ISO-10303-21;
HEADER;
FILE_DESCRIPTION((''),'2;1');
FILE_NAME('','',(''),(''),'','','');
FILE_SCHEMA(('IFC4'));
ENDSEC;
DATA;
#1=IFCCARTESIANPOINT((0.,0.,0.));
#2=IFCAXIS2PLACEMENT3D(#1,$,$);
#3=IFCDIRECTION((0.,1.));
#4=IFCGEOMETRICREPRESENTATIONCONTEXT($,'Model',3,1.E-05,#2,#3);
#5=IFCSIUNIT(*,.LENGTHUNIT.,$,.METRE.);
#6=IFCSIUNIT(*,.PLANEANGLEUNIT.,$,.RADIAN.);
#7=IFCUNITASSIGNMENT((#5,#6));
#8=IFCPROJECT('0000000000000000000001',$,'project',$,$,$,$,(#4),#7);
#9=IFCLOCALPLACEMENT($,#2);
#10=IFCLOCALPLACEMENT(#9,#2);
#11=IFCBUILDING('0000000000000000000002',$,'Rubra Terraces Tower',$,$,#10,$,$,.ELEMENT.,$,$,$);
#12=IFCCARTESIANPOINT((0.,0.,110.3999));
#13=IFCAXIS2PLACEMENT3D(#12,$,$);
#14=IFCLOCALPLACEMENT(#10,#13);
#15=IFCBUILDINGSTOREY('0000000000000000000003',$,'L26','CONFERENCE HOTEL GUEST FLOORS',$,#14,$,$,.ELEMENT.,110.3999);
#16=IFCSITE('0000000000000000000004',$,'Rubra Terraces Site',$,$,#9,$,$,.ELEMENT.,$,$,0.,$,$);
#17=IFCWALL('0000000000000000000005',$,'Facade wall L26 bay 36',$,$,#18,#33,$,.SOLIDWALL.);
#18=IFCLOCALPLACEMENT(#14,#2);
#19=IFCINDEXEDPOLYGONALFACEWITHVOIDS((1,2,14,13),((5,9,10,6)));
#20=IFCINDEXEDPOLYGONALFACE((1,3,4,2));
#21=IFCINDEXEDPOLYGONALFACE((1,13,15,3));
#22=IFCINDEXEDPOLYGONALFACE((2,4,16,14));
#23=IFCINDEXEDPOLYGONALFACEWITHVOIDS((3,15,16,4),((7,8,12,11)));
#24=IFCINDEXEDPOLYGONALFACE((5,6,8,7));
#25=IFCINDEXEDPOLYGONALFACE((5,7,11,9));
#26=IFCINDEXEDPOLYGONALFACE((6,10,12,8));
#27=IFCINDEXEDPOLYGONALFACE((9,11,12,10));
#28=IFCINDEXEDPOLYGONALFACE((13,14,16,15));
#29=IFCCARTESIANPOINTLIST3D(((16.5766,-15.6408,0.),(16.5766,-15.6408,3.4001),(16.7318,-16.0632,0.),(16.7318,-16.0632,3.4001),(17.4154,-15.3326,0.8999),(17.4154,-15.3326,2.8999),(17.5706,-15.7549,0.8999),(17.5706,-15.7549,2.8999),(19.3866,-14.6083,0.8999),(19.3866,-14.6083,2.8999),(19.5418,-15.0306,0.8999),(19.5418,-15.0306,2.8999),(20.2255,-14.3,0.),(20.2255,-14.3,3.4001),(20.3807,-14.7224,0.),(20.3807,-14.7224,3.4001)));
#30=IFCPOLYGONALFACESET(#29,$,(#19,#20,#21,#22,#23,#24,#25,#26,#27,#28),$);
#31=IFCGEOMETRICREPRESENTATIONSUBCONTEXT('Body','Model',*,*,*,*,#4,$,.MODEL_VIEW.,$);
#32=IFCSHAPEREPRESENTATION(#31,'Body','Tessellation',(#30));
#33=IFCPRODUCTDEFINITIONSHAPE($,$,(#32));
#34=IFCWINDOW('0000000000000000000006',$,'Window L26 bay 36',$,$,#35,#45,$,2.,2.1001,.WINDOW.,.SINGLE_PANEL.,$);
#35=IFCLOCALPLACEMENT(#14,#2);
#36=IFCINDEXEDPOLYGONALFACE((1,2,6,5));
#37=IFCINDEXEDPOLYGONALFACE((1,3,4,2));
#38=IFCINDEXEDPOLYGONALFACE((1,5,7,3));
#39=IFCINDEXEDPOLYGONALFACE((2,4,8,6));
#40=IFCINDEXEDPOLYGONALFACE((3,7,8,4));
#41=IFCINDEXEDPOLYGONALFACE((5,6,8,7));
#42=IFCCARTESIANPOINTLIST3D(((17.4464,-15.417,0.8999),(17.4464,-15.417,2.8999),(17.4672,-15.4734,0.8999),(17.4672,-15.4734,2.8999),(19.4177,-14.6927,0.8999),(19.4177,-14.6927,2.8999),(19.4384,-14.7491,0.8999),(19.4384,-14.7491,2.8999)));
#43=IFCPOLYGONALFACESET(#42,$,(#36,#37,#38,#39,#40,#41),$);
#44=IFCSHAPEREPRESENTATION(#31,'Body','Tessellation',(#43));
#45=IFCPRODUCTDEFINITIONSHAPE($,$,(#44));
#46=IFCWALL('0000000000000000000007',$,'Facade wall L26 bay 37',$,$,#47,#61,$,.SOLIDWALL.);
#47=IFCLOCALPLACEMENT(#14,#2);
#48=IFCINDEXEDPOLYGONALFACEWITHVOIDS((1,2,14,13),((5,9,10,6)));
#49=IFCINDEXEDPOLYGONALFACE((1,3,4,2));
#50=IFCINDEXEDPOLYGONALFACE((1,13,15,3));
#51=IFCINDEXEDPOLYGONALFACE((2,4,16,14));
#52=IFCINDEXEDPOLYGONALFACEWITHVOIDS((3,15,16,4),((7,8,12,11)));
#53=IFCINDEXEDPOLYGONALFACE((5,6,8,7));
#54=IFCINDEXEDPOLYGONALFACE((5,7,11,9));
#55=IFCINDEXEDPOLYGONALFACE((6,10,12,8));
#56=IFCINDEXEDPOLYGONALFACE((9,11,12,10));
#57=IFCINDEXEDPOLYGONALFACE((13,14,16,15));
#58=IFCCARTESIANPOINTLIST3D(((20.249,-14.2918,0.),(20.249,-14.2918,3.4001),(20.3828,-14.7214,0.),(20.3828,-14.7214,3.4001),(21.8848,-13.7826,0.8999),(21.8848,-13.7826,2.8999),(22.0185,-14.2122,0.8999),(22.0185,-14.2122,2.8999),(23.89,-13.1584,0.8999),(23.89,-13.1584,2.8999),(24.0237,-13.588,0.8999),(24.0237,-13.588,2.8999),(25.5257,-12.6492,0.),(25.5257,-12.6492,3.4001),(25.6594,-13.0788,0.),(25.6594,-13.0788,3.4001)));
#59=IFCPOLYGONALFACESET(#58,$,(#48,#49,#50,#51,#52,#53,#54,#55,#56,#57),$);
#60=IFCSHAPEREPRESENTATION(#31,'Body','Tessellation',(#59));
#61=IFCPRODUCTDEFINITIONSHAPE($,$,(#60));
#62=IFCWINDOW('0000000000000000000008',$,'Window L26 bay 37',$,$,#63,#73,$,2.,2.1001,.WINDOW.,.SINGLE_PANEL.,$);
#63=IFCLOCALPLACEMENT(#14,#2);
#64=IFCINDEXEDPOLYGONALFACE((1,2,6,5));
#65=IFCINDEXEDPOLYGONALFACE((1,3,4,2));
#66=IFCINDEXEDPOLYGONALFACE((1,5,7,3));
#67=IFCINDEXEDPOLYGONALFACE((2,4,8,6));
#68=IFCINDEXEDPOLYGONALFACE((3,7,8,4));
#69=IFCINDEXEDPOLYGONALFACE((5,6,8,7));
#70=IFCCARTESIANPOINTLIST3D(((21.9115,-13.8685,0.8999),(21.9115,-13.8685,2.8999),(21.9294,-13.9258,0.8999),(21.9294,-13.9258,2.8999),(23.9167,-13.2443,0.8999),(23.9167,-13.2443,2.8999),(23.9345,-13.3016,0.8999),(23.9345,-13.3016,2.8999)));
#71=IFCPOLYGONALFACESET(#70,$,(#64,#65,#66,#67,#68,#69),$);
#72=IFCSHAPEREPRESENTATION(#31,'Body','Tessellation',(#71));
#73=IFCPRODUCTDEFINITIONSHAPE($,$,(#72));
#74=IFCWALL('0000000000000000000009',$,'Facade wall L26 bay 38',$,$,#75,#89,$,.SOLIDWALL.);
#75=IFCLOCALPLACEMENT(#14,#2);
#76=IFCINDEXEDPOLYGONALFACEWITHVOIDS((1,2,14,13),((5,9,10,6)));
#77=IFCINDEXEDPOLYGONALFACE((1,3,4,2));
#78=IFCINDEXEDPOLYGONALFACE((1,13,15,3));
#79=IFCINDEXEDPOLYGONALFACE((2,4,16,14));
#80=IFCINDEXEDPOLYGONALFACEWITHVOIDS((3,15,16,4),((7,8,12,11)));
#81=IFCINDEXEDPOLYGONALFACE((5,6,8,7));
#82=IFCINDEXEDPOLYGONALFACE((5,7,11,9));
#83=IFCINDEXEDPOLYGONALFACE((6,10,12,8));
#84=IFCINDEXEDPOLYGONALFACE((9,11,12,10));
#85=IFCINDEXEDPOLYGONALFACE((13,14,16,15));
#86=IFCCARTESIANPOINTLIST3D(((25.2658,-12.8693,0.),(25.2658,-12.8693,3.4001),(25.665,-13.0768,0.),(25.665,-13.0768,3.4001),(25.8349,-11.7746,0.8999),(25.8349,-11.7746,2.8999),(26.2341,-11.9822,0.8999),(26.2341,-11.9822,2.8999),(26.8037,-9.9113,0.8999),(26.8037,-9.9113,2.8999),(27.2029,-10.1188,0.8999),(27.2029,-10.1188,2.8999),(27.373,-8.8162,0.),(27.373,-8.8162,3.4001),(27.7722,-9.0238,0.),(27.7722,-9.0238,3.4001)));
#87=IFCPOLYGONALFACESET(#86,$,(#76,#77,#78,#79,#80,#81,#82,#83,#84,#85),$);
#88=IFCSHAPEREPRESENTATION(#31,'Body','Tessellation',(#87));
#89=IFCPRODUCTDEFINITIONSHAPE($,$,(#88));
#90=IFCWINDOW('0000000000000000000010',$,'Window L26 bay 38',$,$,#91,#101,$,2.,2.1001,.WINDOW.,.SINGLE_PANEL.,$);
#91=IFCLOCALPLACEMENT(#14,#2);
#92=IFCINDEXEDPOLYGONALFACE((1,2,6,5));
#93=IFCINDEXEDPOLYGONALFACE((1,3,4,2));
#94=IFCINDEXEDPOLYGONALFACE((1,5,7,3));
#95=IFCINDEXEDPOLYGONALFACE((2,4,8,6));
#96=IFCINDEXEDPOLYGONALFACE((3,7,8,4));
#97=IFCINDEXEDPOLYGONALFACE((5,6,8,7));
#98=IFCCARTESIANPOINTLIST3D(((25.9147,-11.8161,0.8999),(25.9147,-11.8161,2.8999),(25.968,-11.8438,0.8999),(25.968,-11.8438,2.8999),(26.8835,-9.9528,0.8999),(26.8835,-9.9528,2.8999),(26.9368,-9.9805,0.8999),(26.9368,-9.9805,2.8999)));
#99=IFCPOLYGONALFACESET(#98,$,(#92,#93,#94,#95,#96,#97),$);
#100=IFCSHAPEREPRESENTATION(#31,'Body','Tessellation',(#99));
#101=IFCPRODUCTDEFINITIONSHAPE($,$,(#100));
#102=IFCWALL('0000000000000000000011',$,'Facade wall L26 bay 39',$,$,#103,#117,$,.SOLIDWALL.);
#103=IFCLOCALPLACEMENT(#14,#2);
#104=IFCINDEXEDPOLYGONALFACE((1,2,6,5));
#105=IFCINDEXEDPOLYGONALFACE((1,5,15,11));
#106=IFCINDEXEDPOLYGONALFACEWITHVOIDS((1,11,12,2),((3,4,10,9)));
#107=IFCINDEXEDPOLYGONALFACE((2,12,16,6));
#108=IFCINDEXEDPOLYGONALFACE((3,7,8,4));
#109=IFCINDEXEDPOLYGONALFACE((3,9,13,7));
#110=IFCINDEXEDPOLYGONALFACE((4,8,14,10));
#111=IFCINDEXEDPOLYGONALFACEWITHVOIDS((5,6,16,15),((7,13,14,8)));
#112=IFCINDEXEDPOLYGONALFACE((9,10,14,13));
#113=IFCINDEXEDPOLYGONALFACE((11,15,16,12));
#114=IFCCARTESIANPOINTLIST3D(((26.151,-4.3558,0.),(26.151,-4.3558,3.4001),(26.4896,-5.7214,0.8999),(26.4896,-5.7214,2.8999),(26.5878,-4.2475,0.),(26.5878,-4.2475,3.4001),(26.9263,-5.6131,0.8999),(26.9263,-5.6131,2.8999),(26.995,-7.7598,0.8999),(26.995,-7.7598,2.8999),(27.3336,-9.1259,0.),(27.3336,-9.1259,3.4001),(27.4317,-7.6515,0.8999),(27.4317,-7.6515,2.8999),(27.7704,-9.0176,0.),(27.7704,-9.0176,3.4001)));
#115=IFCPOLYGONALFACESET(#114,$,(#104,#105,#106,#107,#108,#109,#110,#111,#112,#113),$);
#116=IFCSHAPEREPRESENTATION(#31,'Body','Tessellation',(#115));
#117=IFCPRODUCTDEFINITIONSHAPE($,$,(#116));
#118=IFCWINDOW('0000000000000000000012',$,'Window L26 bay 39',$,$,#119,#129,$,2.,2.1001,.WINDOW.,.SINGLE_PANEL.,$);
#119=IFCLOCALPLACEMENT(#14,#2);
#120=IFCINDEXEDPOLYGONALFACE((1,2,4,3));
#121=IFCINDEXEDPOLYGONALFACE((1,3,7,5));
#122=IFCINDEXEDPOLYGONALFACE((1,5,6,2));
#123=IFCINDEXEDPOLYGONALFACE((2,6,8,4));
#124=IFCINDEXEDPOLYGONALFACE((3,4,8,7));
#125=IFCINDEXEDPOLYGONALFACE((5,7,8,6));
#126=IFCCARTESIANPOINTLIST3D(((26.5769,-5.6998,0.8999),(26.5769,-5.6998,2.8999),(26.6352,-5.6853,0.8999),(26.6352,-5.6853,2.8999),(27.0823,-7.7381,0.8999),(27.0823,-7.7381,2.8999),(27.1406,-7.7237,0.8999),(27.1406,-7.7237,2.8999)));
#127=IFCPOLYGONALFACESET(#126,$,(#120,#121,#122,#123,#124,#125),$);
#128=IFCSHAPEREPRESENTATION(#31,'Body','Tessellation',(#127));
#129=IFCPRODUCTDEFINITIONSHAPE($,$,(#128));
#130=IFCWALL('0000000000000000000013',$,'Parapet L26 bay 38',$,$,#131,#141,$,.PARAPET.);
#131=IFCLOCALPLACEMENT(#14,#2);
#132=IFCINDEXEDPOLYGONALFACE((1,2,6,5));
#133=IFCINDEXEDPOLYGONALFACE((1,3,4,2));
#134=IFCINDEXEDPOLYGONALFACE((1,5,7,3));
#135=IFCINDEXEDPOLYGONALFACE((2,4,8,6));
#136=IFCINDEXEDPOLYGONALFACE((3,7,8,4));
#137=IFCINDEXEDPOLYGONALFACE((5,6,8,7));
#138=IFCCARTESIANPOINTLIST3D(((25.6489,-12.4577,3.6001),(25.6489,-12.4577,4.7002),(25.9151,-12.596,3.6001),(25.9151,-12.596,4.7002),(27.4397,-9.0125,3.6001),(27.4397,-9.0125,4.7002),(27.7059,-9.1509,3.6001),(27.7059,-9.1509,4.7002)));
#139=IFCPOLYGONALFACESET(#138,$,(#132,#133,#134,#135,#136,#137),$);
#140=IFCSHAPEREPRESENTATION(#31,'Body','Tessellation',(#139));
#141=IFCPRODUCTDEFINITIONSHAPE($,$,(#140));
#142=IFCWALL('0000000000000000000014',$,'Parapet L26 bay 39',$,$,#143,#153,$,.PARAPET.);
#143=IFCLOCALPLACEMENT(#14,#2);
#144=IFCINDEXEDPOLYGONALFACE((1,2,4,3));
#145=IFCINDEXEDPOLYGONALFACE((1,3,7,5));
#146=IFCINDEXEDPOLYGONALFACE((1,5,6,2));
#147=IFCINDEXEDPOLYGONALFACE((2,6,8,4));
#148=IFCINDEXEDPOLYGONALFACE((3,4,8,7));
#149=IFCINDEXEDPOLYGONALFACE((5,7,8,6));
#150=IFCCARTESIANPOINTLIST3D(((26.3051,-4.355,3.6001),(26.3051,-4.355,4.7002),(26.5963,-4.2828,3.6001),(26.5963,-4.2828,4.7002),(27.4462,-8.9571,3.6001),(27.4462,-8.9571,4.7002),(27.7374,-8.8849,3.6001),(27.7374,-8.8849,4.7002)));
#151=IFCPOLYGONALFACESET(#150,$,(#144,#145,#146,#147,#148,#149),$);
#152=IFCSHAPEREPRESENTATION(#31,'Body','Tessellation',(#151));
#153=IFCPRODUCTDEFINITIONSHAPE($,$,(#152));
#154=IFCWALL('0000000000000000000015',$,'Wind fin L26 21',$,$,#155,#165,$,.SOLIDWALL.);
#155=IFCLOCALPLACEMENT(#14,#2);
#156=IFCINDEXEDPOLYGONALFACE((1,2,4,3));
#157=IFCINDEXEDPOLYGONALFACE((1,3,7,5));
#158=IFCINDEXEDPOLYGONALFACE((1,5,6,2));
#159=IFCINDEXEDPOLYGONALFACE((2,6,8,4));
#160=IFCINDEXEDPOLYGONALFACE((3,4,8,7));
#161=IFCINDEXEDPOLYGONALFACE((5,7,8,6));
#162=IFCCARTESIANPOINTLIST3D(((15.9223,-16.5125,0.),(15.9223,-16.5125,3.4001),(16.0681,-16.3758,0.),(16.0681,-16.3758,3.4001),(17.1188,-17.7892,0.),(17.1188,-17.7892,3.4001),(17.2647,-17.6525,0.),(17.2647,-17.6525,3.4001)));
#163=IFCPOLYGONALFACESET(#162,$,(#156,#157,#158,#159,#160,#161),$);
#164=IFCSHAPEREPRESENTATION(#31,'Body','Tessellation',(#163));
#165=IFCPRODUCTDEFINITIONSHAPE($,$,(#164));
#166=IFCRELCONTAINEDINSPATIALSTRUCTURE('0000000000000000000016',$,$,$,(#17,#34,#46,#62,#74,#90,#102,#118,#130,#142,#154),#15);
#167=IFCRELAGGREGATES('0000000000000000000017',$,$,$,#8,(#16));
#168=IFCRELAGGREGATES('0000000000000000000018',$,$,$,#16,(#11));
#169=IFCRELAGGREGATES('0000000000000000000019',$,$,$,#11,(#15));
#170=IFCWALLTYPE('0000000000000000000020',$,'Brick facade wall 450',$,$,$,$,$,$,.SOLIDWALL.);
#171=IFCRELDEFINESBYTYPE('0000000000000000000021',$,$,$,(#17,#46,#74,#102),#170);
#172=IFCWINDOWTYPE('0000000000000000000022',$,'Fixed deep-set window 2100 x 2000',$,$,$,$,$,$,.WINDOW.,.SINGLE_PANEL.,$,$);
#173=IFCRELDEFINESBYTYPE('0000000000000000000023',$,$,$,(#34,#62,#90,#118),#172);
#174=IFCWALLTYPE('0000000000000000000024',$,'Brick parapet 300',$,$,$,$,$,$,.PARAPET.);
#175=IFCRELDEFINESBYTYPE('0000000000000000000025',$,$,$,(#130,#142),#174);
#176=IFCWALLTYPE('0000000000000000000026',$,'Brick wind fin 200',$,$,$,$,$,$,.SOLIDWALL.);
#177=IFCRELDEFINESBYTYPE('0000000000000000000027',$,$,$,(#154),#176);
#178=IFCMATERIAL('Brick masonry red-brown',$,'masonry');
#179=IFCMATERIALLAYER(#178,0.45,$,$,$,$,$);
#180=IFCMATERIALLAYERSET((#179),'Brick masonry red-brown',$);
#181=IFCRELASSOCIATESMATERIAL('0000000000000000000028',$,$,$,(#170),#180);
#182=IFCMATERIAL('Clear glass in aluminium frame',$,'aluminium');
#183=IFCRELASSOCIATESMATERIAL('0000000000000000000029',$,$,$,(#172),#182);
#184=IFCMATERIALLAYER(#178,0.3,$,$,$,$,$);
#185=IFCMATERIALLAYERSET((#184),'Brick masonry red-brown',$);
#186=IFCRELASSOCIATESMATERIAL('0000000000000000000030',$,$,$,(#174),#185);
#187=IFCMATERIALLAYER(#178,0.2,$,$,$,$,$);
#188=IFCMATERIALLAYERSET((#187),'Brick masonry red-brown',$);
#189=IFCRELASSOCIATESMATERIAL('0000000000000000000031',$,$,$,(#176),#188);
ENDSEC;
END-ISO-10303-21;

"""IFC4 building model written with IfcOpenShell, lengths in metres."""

from ifc_helpers import new_model, si_unit, direction, frame, frame_2d, origin, place, context, subcontext, project, spatial, rectangle, extrude, material, layer, layer_set, type_object, element, fill, save


model = new_model("IFC4")

# Units and contexts
model_context = context("Model", 3, precision=1e-05, world=origin(), true_north=direction((0.0, 1.0)))
body_context = subcontext(model_context, "Body", "Model", "MODEL_VIEW")
ifc_project = project(units=[si_unit("LENGTHUNIT", "METRE"), si_unit("PLANEANGLEUNIT", "RADIAN")], contexts=[model_context])

# Site, building, storey
site_placement = place(None, origin())
site = spatial("IfcSite", under=ifc_project, at=site_placement, Name="Rubra Terraces Site", CompositionType="ELEMENT", RefElevation=0.0)
building_placement = place(site_placement, origin())
building = spatial("IfcBuilding", under=site, at=building_placement, Name="Rubra Terraces Tower", CompositionType="ELEMENT")
storey_placement = place(building_placement, frame((0.0, 0.0, 110.3999)))
storey = spatial("IfcBuildingStorey", under=building, at=storey_placement, Name="L26", Description="CONFERENCE HOTEL GUEST FLOORS", CompositionType="ELEMENT", Elevation=110.3999)

# Walls, openings, windows
ifc_material_1 = material(Name="Brick masonry red-brown", Category="masonry")
ifc_layer_1 = layer(ifc_material_1, 0.45)
ifc_layer_set_1 = layer_set([ifc_layer_1], Name="Brick masonry red-brown")
wall_type_1 = type_object("IfcWallType", Name="Brick facade wall 450", PredefinedType="SOLIDWALL", material=ifc_layer_set_1)
wall_1_placement = place(storey_placement, frame((16.6541, -15.8521, 0.0), z_axis=(0.0, 0.0, 1.0), x_axis=(0.938637, 0.344908, 0.0)))
wall_1 = element("IfcWall", 1, at=wall_1_placement, inside=storey, type_object=wall_type_1, Name="Facade wall L26 bay 36", PredefinedType="SOLIDWALL", context=body_context, shape_type="SweptSolid", body=[
    extrude(rectangle(XDim=3.8875, YDim=0.45, at=frame_2d((1.9438, 0.0))), origin(), (0.0, 0.0, 1.0), 3.4001),
])
opening_1_placement = place(wall_1_placement, frame((0.8938, 0.0, 0.8999)))
opening_1 = element("IfcOpeningElement", 2, at=opening_1_placement, cuts=wall_1, PredefinedType="OPENING", context=body_context, shape_type="SweptSolid", body=[
    extrude(rectangle(XDim=2.1001, YDim=2.0, at=frame_2d((1.05, 1.0))), frame((0.0, 0.2349, 0.0), z_axis=(0.0, -1.0, 0.0), x_axis=(1.0, 0.0, 0.0)), (0.0, 0.0, 1.0), 0.47),
])
ifc_material_2 = material(Name="Clear glass in aluminium frame", Category="aluminium")
window_type = type_object("IfcWindowType", Name="Fixed deep-set window 2100 x 2000", PartitioningType="SINGLE_PANEL", PredefinedType="WINDOW", material=ifc_material_2)
window_1_placement = place(opening_1_placement, origin())
window_1 = element("IfcWindow", 3, at=window_1_placement, inside=storey, type_object=window_type, Name="Window L26 bay 36", OverallHeight=2.0, OverallWidth=2.1001, PartitioningType="SINGLE_PANEL", PredefinedType="WINDOW", context=body_context, shape_type="SweptSolid", body=[
    extrude(rectangle(XDim=2.1001, YDim=2.0, at=frame_2d((1.05, 1.0))), frame((0.0, 0.135, 0.0), z_axis=(0.0, -1.0, 0.0), x_axis=(1.0, 0.0, 0.0)), (0.0, 0.0, 1.0), 0.0601),
])
fill(opening_1, window_1)
wall_2_placement = place(storey_placement, frame((20.3159, -14.5066, 0.0), z_axis=(0.0, 0.0, 1.0), x_axis=(0.954807, 0.297226, 0.0)))
wall_2 = element("IfcWall", 4, at=wall_2_placement, inside=storey, type_object=wall_type_1, Name="Facade wall L26 bay 37", PredefinedType="SOLIDWALL", context=body_context, shape_type="SweptSolid", body=[
    extrude(rectangle(XDim=5.5264, YDim=0.45, at=frame_2d((2.7632, 0.0))), origin(), (0.0, 0.0, 1.0), 3.4001),
])
opening_2_placement = place(wall_2_placement, frame((1.7131, 0.0, 0.8999)))
opening_2 = element("IfcOpeningElement", 5, at=opening_2_placement, cuts=wall_2, PredefinedType="OPENING", context=body_context, shape_type="SweptSolid", body=[
    extrude(rectangle(XDim=2.1001, YDim=2.0, at=frame_2d((1.05, 1.0))), frame((0.0, 0.2349, 0.0), z_axis=(0.0, -1.0, 0.0), x_axis=(1.0, 0.0, 0.0)), (0.0, 0.0, 1.0), 0.47),
])
window_2_placement = place(opening_2_placement, origin())
window_2 = element("IfcWindow", 6, at=window_2_placement, inside=storey, type_object=window_type, Name="Window L26 bay 37", OverallHeight=2.0, OverallWidth=2.1001, PartitioningType="SINGLE_PANEL", PredefinedType="WINDOW", context=body_context, shape_type="SweptSolid", body=[
    extrude(rectangle(XDim=2.1001, YDim=2.0, at=frame_2d((1.05, 1.0))), frame((0.0, 0.135, 0.0), z_axis=(0.0, -1.0, 0.0), x_axis=(1.0, 0.0, 0.0)), (0.0, 0.0, 1.0), 0.0601),
])
fill(opening_2, window_2)
wall_3_placement = place(storey_placement, frame((25.4653, -12.9731, 0.0), z_axis=(0.0, 0.0, 1.0), x_axis=(0.461289, 0.88725, 0.0)))
wall_3 = element("IfcWall", 7, at=wall_3_placement, inside=storey, type_object=wall_type_1, Name="Facade wall L26 bay 38", PredefinedType="SOLIDWALL", context=body_context, shape_type="SweptSolid", body=[
    extrude(rectangle(XDim=4.5681, YDim=0.45, at=frame_2d((2.2842, 0.0))), origin(), (0.0, 0.0, 1.0), 3.4001),
])
opening_3_placement = place(wall_3_placement, frame((1.2339, 0.0, 0.8999)))
opening_3 = element("IfcOpeningElement", 8, at=opening_3_placement, cuts=wall_3, PredefinedType="OPENING", context=body_context, shape_type="SweptSolid", body=[
    extrude(rectangle(XDim=2.1001, YDim=2.0, at=frame_2d((1.05, 1.0))), frame((0.0, 0.2349, 0.0), z_axis=(0.0, -1.0, 0.0), x_axis=(1.0, 0.0, 0.0)), (0.0, 0.0, 1.0), 0.47),
])
window_3_placement = place(opening_3_placement, origin())
window_3 = element("IfcWindow", 9, at=window_3_placement, inside=storey, type_object=window_type, Name="Window L26 bay 38", OverallHeight=2.0, OverallWidth=2.1001, PartitioningType="SINGLE_PANEL", PredefinedType="WINDOW", context=body_context, shape_type="SweptSolid", body=[
    extrude(rectangle(XDim=2.1001, YDim=2.0, at=frame_2d((1.05, 1.0))), frame((0.0, 0.135, 0.0), z_axis=(0.0, -1.0, 0.0), x_axis=(1.0, 0.0, 0.0)), (0.0, 0.0, 1.0), 0.0601),
])
fill(opening_3, window_3)
wall_4_placement = place(storey_placement, frame((27.552, -9.0718, 0.0), z_axis=(0.0, 0.0, 1.0), x_axis=(-0.24063, 0.970617, 0.0)))
wall_4 = element("IfcWall", 10, at=wall_4_placement, inside=storey, type_object=wall_type_1, Name="Facade wall L26 bay 39", PredefinedType="SOLIDWALL", context=body_context, shape_type="SweptSolid", body=[
    extrude(rectangle(XDim=4.9146, YDim=0.45, at=frame_2d((2.4573, 0.0))), origin(), (0.0, 0.0, 1.0), 3.4001),
])
opening_4_placement = place(wall_4_placement, frame((1.4075, 0.0, 0.8999)))
opening_4 = element("IfcOpeningElement", 11, at=opening_4_placement, cuts=wall_4, PredefinedType="OPENING", context=body_context, shape_type="SweptSolid", body=[
    extrude(rectangle(XDim=2.1001, YDim=2.0, at=frame_2d((1.05, 1.0))), frame((0.0, 0.2349, 0.0), z_axis=(0.0, -1.0, 0.0), x_axis=(1.0, 0.0, 0.0)), (0.0, 0.0, 1.0), 0.47),
])
window_4_placement = place(opening_4_placement, origin())
window_4 = element("IfcWindow", 12, at=window_4_placement, inside=storey, type_object=window_type, Name="Window L26 bay 39", OverallHeight=2.0, OverallWidth=2.1001, PartitioningType="SINGLE_PANEL", PredefinedType="WINDOW", context=body_context, shape_type="SweptSolid", body=[
    extrude(rectangle(XDim=2.1001, YDim=2.0, at=frame_2d((1.05, 1.0))), frame((0.0, 0.135, 0.0), z_axis=(0.0, -1.0, 0.0), x_axis=(1.0, 0.0, 0.0)), (0.0, 0.0, 1.0), 0.0601),
])
fill(opening_4, window_4)

# Walls
ifc_layer_2 = layer(ifc_material_1, 0.3)
ifc_layer_set_2 = layer_set([ifc_layer_2], Name="Brick masonry red-brown")
wall_type_2 = type_object("IfcWallType", Name="Brick parapet 300", PredefinedType="PARAPET", material=ifc_layer_set_2)
wall_5_placement = place(storey_placement, frame((25.782, -12.5269, 3.6001), z_axis=(0.0, 0.0, 1.0), x_axis=(0.461218, 0.887287, 0.0)))
element("IfcWall", 13, at=wall_5_placement, inside=storey, type_object=wall_type_2, Name="Parapet L26 bay 38", PredefinedType="PARAPET", context=body_context, shape_type="SweptSolid", body=[
    extrude(rectangle(XDim=3.8828, YDim=0.3, at=frame_2d((1.9414, 0.0))), origin(), (0.0, 0.0, 1.0), 1.1001),
])
wall_6_placement = place(storey_placement, frame((27.5918, -8.9209, 3.6001), z_axis=(0.0, 0.0, 1.0), x_axis=(-0.240669, 0.970607, 0.0)))
element("IfcWall", 14, at=wall_6_placement, inside=storey, type_object=wall_type_2, Name="Parapet L26 bay 39", PredefinedType="PARAPET", context=body_context, shape_type="SweptSolid", body=[
    extrude(rectangle(XDim=4.7415, YDim=0.3, at=frame_2d((2.3706, 0.0))), origin(), (0.0, 0.0, 1.0), 1.1001),
])
ifc_layer_3 = layer(ifc_material_1, 0.2)
ifc_layer_set_3 = layer_set([ifc_layer_3], Name="Brick masonry red-brown")
wall_type_3 = type_object("IfcWallType", Name="Brick wind fin 200", PredefinedType="SOLIDWALL", material=ifc_layer_set_3)
wall_7_placement = place(storey_placement, frame((15.9951, -16.4441, 0.0), z_axis=(0.0, 0.0, 1.0), x_axis=(0.683853, -0.72962, 0.0)))
element("IfcWall", 15, at=wall_7_placement, inside=storey, type_object=wall_type_3, Name="Wind fin L26 21", PredefinedType="SOLIDWALL", context=body_context, shape_type="SweptSolid", body=[
    extrude(rectangle(XDim=1.7498, YDim=0.2, at=frame_2d((0.875, 0.0))), origin(), (0.0, 0.0, 1.0), 3.4001),
])

save(model, "model.ifc")
